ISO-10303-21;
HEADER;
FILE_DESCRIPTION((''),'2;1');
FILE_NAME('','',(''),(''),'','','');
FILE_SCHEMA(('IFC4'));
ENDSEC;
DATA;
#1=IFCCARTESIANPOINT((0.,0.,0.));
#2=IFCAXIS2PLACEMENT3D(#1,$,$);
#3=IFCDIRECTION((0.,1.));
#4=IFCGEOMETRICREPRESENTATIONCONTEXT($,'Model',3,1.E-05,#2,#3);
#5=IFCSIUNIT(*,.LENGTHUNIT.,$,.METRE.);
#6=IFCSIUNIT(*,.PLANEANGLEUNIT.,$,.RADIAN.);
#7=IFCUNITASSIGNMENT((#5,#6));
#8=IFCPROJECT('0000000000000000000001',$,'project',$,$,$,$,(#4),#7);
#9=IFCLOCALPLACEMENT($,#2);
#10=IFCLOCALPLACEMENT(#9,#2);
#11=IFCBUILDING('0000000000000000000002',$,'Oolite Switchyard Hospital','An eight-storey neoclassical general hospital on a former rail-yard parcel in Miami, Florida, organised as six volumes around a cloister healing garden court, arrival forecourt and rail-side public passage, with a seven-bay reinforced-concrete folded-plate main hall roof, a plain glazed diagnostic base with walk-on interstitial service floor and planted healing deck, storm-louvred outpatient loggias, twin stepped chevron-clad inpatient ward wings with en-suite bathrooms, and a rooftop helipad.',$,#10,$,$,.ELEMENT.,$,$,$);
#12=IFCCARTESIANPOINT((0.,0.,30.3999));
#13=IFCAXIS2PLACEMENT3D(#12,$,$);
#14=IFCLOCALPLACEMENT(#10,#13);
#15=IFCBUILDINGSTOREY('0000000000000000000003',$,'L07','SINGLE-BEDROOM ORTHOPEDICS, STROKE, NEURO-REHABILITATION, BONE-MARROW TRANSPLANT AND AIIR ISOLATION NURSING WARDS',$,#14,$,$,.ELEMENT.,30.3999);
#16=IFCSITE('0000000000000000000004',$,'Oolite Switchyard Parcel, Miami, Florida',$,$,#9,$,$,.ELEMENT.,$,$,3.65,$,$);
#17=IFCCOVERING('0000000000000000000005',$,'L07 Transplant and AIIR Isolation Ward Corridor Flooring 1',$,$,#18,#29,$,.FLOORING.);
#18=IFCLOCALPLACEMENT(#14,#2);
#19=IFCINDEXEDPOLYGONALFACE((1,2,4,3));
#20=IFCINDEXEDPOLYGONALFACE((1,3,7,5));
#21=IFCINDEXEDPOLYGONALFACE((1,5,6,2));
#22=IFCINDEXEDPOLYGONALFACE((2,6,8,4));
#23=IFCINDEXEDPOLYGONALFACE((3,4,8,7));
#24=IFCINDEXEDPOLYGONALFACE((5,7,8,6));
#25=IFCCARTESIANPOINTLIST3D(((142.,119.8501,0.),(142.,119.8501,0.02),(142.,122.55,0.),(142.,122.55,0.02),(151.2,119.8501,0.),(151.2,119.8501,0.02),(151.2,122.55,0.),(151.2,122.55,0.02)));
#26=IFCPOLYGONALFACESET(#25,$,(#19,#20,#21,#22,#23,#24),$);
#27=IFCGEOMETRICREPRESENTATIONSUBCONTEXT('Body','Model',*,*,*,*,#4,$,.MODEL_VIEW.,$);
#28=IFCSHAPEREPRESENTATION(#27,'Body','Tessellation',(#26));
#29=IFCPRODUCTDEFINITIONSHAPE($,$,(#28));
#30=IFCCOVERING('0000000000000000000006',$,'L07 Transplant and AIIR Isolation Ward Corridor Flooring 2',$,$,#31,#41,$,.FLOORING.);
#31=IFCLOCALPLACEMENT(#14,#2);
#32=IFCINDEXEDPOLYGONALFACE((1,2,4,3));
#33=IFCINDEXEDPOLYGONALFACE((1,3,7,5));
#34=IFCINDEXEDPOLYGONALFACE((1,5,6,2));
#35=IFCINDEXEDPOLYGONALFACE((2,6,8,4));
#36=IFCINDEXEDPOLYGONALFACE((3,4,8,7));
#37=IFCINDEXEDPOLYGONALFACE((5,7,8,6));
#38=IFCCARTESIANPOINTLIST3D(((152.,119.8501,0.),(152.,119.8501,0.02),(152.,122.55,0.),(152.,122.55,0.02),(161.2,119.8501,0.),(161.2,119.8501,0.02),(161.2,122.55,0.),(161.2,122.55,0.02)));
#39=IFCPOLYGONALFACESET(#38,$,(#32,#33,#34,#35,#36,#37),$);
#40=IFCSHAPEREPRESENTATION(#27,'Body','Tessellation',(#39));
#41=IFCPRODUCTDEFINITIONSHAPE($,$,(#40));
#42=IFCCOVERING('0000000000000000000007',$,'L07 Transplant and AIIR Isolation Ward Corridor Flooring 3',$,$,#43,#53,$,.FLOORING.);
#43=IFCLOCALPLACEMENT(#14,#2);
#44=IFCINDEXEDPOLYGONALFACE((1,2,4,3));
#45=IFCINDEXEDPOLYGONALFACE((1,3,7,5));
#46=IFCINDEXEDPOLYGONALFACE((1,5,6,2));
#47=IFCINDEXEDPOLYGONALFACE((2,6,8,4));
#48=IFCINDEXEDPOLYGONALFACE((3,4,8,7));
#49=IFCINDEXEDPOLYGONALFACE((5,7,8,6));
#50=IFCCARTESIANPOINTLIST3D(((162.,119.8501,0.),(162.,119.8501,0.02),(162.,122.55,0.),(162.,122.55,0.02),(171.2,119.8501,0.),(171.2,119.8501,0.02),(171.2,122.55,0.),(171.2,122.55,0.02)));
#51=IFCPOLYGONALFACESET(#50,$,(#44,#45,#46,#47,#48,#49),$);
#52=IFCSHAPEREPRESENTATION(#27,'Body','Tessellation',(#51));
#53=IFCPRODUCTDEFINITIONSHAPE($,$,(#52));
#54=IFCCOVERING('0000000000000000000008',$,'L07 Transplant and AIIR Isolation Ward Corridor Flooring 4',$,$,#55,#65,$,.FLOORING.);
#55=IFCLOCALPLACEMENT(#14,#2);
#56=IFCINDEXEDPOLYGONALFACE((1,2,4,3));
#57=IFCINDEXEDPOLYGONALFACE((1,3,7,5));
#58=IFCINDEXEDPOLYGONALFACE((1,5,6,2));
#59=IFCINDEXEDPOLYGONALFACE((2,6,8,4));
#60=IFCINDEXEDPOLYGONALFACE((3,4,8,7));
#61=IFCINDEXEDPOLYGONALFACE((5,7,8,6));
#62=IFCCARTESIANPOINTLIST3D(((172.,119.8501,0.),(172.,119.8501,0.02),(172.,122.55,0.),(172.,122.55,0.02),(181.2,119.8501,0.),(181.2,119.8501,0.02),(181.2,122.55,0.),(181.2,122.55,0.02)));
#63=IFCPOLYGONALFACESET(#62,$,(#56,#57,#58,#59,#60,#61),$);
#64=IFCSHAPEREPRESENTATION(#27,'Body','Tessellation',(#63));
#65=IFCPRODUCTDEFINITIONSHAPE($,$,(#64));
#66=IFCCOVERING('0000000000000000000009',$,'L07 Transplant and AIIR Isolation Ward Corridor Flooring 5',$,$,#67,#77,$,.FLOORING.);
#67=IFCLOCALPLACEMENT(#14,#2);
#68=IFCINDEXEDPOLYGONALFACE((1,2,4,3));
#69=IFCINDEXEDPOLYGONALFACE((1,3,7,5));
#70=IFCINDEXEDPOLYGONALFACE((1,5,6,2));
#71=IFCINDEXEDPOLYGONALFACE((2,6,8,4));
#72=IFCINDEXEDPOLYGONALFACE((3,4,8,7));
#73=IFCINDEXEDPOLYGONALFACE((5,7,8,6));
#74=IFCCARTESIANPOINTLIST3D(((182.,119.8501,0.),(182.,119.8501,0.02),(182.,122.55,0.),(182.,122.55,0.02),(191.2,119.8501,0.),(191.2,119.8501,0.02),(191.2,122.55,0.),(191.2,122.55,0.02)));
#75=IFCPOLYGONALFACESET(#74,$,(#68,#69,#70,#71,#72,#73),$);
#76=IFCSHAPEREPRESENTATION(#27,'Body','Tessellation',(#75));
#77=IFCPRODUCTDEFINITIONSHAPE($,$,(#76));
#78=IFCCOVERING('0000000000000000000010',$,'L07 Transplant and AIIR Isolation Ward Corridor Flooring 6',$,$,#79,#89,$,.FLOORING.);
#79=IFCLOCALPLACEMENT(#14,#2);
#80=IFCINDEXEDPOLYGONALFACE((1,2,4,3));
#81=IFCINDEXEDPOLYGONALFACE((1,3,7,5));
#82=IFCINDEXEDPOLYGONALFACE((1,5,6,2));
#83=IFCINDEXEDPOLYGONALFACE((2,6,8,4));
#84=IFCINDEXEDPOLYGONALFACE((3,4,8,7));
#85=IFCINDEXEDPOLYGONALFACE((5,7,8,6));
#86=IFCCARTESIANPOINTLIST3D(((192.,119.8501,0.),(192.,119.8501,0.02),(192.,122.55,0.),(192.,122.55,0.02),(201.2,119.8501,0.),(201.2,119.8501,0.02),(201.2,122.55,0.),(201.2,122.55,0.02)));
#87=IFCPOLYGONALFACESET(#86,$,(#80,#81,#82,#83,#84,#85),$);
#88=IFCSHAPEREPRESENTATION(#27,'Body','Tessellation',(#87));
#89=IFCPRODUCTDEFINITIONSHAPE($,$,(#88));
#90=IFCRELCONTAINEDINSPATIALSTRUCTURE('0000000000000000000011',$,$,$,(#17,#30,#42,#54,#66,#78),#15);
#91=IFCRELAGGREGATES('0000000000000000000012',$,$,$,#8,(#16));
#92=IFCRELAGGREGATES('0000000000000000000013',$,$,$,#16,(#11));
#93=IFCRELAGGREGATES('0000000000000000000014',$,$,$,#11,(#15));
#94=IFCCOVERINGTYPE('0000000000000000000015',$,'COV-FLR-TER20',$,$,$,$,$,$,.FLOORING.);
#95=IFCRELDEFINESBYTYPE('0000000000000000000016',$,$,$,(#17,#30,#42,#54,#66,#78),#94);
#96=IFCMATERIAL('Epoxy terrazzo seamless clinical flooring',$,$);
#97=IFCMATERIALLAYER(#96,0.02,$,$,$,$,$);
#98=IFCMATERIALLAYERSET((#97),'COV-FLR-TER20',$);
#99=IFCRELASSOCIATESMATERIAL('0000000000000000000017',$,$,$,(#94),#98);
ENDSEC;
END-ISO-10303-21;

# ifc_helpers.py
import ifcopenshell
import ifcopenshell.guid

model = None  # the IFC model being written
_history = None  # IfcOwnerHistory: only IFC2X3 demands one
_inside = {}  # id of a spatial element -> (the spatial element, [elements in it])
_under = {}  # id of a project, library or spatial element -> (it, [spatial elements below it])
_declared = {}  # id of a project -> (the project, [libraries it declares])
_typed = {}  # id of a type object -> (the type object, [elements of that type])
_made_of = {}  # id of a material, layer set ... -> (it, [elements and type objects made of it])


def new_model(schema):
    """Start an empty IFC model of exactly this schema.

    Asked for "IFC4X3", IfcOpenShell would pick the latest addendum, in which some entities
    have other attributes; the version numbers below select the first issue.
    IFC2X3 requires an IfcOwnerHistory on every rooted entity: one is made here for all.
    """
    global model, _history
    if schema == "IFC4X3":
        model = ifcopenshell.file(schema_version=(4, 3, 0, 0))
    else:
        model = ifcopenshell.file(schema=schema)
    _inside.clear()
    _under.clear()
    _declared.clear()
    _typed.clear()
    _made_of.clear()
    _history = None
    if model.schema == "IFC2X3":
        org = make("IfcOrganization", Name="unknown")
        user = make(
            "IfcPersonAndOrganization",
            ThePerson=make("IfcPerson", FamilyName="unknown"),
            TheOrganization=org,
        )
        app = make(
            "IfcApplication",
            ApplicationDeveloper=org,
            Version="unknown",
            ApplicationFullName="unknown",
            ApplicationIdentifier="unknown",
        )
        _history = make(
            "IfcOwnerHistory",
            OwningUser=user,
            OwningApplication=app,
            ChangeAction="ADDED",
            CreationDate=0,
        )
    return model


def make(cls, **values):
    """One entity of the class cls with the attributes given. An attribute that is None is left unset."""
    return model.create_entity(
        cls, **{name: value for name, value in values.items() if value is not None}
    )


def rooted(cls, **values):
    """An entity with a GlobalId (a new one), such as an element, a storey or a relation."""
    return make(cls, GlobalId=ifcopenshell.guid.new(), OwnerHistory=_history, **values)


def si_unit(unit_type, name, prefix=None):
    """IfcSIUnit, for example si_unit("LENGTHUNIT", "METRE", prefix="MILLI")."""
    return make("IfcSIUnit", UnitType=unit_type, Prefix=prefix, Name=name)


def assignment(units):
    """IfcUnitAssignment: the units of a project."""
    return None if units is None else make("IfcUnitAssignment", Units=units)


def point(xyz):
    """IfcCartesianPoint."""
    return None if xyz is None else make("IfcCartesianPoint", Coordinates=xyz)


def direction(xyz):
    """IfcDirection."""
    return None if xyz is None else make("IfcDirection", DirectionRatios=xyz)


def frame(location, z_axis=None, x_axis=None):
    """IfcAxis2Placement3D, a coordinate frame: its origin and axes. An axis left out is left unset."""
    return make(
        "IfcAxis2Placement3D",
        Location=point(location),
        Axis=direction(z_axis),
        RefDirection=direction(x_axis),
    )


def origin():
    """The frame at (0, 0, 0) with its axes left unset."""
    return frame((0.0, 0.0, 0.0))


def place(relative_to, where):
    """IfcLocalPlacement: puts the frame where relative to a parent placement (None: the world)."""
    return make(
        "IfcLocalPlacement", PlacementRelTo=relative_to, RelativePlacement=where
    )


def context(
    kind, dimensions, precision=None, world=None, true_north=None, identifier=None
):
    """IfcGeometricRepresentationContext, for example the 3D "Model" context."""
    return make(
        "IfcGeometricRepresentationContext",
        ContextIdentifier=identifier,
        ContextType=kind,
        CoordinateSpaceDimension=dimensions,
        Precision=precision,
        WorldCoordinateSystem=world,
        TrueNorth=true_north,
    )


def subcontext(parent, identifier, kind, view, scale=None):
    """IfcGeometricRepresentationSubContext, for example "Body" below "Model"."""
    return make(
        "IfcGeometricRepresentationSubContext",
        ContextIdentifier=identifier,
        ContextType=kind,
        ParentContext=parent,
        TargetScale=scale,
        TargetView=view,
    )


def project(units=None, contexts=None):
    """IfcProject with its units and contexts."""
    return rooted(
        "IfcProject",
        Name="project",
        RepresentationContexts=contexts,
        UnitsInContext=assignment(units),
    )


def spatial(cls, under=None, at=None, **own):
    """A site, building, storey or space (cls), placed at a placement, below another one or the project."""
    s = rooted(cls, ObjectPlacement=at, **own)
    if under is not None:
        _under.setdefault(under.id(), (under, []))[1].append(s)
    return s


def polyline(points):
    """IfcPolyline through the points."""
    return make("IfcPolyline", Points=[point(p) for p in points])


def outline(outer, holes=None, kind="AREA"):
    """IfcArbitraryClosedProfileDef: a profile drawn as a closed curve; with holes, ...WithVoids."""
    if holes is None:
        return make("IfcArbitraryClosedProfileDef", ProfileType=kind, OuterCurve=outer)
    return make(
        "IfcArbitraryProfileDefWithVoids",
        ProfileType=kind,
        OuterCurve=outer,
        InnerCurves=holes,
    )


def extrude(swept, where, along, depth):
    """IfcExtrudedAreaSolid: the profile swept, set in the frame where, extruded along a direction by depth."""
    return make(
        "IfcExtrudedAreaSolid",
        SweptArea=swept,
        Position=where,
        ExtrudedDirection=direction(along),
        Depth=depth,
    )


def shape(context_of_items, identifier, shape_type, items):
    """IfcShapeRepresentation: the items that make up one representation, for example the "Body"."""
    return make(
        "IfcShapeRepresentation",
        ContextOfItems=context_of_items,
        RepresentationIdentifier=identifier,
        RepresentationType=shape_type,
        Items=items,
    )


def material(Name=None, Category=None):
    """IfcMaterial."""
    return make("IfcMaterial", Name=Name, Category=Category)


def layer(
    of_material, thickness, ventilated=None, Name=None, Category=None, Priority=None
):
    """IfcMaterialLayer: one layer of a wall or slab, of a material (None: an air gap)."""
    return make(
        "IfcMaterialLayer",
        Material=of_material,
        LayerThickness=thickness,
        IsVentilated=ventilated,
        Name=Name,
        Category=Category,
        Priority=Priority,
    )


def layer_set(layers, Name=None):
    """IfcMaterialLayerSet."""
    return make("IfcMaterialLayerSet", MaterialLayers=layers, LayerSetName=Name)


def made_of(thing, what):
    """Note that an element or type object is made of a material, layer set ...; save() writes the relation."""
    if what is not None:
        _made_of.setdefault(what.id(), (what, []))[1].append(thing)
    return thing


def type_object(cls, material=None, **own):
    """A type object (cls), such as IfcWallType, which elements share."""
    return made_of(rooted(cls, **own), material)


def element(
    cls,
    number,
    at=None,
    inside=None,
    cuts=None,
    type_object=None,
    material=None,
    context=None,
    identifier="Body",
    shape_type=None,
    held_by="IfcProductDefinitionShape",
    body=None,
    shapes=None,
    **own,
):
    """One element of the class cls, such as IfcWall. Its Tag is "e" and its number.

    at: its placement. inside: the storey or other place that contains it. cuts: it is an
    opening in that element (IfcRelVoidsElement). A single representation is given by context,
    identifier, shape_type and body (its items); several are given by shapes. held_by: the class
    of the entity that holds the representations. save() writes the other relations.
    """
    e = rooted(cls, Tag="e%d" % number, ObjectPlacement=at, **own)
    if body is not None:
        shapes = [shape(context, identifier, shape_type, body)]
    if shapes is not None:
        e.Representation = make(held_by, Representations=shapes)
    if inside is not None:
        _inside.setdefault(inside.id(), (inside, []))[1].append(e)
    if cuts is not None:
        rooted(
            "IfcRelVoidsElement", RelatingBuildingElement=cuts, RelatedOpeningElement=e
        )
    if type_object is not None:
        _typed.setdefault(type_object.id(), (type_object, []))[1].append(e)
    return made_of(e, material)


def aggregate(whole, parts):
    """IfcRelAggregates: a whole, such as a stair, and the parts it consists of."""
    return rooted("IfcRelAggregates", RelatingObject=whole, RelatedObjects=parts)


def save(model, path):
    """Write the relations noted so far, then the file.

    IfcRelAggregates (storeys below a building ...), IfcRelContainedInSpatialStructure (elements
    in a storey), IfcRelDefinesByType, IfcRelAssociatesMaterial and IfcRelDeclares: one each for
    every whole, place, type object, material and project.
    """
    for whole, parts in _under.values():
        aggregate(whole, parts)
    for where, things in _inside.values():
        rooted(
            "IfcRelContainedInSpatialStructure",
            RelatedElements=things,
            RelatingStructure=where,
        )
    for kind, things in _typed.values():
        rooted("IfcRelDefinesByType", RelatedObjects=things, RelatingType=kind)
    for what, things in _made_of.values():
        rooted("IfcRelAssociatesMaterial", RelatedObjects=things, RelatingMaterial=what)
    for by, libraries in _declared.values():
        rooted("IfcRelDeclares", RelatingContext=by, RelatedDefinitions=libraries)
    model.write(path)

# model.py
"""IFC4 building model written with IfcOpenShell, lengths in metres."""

from ifc_helpers import new_model, si_unit, direction, frame, origin, place, context, subcontext, project, spatial, polyline, outline, extrude, material, layer, layer_set, type_object, element, save


model = new_model("IFC4")

# Units and contexts
model_context = context("Model", 3, precision=1e-05, world=origin(), true_north=direction((0.0, 1.0)))
body_context = subcontext(model_context, "Body", "Model", "MODEL_VIEW")
ifc_project = project(units=[si_unit("LENGTHUNIT", "METRE"), si_unit("PLANEANGLEUNIT", "RADIAN")], contexts=[model_context])

# Site, building, storey
site_placement = place(None, origin())
site = spatial("IfcSite", under=ifc_project, at=site_placement, Name="Oolite Switchyard Parcel, Miami, Florida", CompositionType="ELEMENT", RefElevation=3.65)
building_placement = place(site_placement, origin())
building = spatial("IfcBuilding", under=site, at=building_placement, Name="Oolite Switchyard Hospital", Description="An eight-storey neoclassical general hospital on a former rail-yard parcel in Miami, Florida, organised as six volumes around a cloister healing garden court, arrival forecourt and rail-side public passage, with a seven-bay reinforced-concrete folded-plate main hall roof, a plain glazed diagnostic base with walk-on interstitial service floor and planted healing deck, storm-louvred outpatient loggias, twin stepped chevron-clad inpatient ward wings with en-suite bathrooms, and a rooftop helipad.", CompositionType="ELEMENT")
storey_placement = place(building_placement, frame((0.0, 0.0, 30.3999)))
storey = spatial("IfcBuildingStorey", under=building, at=storey_placement, Name="L07", Description="SINGLE-BEDROOM ORTHOPEDICS, STROKE, NEURO-REHABILITATION, BONE-MARROW TRANSPLANT AND AIIR ISOLATION NURSING WARDS", CompositionType="ELEMENT", Elevation=30.3999)

# Coverings
ifc_material_1 = material(Name="Epoxy terrazzo seamless clinical flooring")
ifc_layer_1 = layer(ifc_material_1, 0.02)
ifc_layer_set_1 = layer_set([ifc_layer_1], Name="COV-FLR-TER20")
covering_type_1 = type_object("IfcCoveringType", Name="COV-FLR-TER20", PredefinedType="FLOORING", material=ifc_layer_set_1)
covering_1_placement = place(storey_placement, origin())
element("IfcCovering", 1, at=covering_1_placement, inside=storey, type_object=covering_type_1, Name="L07 Transplant and AIIR Isolation Ward Corridor Flooring 1", PredefinedType="FLOORING", context=body_context, shape_type="SweptSolid", body=[
    extrude(outline(polyline([(142.0, 119.8501), (151.2, 119.8501), (151.2, 122.55), (142.0, 122.55), (142.0, 119.8501)])), origin(), (0.0, 0.0, 1.0), 0.02),
])
covering_2_placement = place(storey_placement, origin())
element("IfcCovering", 2, at=covering_2_placement, inside=storey, type_object=covering_type_1, Name="L07 Transplant and AIIR Isolation Ward Corridor Flooring 2", PredefinedType="FLOORING", context=body_context, shape_type="SweptSolid", body=[
    extrude(outline(polyline([(152.0, 119.8501), (161.2, 119.8501), (161.2, 122.55), (152.0, 122.55), (152.0, 119.8501)])), origin(), (0.0, 0.0, 1.0), 0.02),
])
covering_3_placement = place(storey_placement, origin())
element("IfcCovering", 3, at=covering_3_placement, inside=storey, type_object=covering_type_1, Name="L07 Transplant and AIIR Isolation Ward Corridor Flooring 3", PredefinedType="FLOORING", context=body_context, shape_type="SweptSolid", body=[
    extrude(outline(polyline([(162.0, 119.8501), (171.2, 119.8501), (171.2, 122.55), (162.0, 122.55), (162.0, 119.8501)])), origin(), (0.0, 0.0, 1.0), 0.02),
])
covering_4_placement = place(storey_placement, origin())
element("IfcCovering", 4, at=covering_4_placement, inside=storey, type_object=covering_type_1, Name="L07 Transplant and AIIR Isolation Ward Corridor Flooring 4", PredefinedType="FLOORING", context=body_context, shape_type="SweptSolid", body=[
    extrude(outline(polyline([(172.0, 119.8501), (181.2, 119.8501), (181.2, 122.55), (172.0, 122.55), (172.0, 119.8501)])), origin(), (0.0, 0.0, 1.0), 0.02),
])
covering_5_placement = place(storey_placement, origin())
element("IfcCovering", 5, at=covering_5_placement, inside=storey, type_object=covering_type_1, Name="L07 Transplant and AIIR Isolation Ward Corridor Flooring 5", PredefinedType="FLOORING", context=body_context, shape_type="SweptSolid", body=[
    extrude(outline(polyline([(182.0, 119.8501), (191.2, 119.8501), (191.2, 122.55), (182.0, 122.55), (182.0, 119.8501)])), origin(), (0.0, 0.0, 1.0), 0.02),
])
covering_6_placement = place(storey_placement, origin())
element("IfcCovering", 6, at=covering_6_placement, inside=storey, type_object=covering_type_1, Name="L07 Transplant and AIIR Isolation Ward Corridor Flooring 6", PredefinedType="FLOORING", context=body_context, shape_type="SweptSolid", body=[
    extrude(outline(polyline([(192.0, 119.8501), (201.2, 119.8501), (201.2, 122.55), (192.0, 122.55), (192.0, 119.8501)])), origin(), (0.0, 0.0, 1.0), 0.02),
])

save(model, "model.ifc")
